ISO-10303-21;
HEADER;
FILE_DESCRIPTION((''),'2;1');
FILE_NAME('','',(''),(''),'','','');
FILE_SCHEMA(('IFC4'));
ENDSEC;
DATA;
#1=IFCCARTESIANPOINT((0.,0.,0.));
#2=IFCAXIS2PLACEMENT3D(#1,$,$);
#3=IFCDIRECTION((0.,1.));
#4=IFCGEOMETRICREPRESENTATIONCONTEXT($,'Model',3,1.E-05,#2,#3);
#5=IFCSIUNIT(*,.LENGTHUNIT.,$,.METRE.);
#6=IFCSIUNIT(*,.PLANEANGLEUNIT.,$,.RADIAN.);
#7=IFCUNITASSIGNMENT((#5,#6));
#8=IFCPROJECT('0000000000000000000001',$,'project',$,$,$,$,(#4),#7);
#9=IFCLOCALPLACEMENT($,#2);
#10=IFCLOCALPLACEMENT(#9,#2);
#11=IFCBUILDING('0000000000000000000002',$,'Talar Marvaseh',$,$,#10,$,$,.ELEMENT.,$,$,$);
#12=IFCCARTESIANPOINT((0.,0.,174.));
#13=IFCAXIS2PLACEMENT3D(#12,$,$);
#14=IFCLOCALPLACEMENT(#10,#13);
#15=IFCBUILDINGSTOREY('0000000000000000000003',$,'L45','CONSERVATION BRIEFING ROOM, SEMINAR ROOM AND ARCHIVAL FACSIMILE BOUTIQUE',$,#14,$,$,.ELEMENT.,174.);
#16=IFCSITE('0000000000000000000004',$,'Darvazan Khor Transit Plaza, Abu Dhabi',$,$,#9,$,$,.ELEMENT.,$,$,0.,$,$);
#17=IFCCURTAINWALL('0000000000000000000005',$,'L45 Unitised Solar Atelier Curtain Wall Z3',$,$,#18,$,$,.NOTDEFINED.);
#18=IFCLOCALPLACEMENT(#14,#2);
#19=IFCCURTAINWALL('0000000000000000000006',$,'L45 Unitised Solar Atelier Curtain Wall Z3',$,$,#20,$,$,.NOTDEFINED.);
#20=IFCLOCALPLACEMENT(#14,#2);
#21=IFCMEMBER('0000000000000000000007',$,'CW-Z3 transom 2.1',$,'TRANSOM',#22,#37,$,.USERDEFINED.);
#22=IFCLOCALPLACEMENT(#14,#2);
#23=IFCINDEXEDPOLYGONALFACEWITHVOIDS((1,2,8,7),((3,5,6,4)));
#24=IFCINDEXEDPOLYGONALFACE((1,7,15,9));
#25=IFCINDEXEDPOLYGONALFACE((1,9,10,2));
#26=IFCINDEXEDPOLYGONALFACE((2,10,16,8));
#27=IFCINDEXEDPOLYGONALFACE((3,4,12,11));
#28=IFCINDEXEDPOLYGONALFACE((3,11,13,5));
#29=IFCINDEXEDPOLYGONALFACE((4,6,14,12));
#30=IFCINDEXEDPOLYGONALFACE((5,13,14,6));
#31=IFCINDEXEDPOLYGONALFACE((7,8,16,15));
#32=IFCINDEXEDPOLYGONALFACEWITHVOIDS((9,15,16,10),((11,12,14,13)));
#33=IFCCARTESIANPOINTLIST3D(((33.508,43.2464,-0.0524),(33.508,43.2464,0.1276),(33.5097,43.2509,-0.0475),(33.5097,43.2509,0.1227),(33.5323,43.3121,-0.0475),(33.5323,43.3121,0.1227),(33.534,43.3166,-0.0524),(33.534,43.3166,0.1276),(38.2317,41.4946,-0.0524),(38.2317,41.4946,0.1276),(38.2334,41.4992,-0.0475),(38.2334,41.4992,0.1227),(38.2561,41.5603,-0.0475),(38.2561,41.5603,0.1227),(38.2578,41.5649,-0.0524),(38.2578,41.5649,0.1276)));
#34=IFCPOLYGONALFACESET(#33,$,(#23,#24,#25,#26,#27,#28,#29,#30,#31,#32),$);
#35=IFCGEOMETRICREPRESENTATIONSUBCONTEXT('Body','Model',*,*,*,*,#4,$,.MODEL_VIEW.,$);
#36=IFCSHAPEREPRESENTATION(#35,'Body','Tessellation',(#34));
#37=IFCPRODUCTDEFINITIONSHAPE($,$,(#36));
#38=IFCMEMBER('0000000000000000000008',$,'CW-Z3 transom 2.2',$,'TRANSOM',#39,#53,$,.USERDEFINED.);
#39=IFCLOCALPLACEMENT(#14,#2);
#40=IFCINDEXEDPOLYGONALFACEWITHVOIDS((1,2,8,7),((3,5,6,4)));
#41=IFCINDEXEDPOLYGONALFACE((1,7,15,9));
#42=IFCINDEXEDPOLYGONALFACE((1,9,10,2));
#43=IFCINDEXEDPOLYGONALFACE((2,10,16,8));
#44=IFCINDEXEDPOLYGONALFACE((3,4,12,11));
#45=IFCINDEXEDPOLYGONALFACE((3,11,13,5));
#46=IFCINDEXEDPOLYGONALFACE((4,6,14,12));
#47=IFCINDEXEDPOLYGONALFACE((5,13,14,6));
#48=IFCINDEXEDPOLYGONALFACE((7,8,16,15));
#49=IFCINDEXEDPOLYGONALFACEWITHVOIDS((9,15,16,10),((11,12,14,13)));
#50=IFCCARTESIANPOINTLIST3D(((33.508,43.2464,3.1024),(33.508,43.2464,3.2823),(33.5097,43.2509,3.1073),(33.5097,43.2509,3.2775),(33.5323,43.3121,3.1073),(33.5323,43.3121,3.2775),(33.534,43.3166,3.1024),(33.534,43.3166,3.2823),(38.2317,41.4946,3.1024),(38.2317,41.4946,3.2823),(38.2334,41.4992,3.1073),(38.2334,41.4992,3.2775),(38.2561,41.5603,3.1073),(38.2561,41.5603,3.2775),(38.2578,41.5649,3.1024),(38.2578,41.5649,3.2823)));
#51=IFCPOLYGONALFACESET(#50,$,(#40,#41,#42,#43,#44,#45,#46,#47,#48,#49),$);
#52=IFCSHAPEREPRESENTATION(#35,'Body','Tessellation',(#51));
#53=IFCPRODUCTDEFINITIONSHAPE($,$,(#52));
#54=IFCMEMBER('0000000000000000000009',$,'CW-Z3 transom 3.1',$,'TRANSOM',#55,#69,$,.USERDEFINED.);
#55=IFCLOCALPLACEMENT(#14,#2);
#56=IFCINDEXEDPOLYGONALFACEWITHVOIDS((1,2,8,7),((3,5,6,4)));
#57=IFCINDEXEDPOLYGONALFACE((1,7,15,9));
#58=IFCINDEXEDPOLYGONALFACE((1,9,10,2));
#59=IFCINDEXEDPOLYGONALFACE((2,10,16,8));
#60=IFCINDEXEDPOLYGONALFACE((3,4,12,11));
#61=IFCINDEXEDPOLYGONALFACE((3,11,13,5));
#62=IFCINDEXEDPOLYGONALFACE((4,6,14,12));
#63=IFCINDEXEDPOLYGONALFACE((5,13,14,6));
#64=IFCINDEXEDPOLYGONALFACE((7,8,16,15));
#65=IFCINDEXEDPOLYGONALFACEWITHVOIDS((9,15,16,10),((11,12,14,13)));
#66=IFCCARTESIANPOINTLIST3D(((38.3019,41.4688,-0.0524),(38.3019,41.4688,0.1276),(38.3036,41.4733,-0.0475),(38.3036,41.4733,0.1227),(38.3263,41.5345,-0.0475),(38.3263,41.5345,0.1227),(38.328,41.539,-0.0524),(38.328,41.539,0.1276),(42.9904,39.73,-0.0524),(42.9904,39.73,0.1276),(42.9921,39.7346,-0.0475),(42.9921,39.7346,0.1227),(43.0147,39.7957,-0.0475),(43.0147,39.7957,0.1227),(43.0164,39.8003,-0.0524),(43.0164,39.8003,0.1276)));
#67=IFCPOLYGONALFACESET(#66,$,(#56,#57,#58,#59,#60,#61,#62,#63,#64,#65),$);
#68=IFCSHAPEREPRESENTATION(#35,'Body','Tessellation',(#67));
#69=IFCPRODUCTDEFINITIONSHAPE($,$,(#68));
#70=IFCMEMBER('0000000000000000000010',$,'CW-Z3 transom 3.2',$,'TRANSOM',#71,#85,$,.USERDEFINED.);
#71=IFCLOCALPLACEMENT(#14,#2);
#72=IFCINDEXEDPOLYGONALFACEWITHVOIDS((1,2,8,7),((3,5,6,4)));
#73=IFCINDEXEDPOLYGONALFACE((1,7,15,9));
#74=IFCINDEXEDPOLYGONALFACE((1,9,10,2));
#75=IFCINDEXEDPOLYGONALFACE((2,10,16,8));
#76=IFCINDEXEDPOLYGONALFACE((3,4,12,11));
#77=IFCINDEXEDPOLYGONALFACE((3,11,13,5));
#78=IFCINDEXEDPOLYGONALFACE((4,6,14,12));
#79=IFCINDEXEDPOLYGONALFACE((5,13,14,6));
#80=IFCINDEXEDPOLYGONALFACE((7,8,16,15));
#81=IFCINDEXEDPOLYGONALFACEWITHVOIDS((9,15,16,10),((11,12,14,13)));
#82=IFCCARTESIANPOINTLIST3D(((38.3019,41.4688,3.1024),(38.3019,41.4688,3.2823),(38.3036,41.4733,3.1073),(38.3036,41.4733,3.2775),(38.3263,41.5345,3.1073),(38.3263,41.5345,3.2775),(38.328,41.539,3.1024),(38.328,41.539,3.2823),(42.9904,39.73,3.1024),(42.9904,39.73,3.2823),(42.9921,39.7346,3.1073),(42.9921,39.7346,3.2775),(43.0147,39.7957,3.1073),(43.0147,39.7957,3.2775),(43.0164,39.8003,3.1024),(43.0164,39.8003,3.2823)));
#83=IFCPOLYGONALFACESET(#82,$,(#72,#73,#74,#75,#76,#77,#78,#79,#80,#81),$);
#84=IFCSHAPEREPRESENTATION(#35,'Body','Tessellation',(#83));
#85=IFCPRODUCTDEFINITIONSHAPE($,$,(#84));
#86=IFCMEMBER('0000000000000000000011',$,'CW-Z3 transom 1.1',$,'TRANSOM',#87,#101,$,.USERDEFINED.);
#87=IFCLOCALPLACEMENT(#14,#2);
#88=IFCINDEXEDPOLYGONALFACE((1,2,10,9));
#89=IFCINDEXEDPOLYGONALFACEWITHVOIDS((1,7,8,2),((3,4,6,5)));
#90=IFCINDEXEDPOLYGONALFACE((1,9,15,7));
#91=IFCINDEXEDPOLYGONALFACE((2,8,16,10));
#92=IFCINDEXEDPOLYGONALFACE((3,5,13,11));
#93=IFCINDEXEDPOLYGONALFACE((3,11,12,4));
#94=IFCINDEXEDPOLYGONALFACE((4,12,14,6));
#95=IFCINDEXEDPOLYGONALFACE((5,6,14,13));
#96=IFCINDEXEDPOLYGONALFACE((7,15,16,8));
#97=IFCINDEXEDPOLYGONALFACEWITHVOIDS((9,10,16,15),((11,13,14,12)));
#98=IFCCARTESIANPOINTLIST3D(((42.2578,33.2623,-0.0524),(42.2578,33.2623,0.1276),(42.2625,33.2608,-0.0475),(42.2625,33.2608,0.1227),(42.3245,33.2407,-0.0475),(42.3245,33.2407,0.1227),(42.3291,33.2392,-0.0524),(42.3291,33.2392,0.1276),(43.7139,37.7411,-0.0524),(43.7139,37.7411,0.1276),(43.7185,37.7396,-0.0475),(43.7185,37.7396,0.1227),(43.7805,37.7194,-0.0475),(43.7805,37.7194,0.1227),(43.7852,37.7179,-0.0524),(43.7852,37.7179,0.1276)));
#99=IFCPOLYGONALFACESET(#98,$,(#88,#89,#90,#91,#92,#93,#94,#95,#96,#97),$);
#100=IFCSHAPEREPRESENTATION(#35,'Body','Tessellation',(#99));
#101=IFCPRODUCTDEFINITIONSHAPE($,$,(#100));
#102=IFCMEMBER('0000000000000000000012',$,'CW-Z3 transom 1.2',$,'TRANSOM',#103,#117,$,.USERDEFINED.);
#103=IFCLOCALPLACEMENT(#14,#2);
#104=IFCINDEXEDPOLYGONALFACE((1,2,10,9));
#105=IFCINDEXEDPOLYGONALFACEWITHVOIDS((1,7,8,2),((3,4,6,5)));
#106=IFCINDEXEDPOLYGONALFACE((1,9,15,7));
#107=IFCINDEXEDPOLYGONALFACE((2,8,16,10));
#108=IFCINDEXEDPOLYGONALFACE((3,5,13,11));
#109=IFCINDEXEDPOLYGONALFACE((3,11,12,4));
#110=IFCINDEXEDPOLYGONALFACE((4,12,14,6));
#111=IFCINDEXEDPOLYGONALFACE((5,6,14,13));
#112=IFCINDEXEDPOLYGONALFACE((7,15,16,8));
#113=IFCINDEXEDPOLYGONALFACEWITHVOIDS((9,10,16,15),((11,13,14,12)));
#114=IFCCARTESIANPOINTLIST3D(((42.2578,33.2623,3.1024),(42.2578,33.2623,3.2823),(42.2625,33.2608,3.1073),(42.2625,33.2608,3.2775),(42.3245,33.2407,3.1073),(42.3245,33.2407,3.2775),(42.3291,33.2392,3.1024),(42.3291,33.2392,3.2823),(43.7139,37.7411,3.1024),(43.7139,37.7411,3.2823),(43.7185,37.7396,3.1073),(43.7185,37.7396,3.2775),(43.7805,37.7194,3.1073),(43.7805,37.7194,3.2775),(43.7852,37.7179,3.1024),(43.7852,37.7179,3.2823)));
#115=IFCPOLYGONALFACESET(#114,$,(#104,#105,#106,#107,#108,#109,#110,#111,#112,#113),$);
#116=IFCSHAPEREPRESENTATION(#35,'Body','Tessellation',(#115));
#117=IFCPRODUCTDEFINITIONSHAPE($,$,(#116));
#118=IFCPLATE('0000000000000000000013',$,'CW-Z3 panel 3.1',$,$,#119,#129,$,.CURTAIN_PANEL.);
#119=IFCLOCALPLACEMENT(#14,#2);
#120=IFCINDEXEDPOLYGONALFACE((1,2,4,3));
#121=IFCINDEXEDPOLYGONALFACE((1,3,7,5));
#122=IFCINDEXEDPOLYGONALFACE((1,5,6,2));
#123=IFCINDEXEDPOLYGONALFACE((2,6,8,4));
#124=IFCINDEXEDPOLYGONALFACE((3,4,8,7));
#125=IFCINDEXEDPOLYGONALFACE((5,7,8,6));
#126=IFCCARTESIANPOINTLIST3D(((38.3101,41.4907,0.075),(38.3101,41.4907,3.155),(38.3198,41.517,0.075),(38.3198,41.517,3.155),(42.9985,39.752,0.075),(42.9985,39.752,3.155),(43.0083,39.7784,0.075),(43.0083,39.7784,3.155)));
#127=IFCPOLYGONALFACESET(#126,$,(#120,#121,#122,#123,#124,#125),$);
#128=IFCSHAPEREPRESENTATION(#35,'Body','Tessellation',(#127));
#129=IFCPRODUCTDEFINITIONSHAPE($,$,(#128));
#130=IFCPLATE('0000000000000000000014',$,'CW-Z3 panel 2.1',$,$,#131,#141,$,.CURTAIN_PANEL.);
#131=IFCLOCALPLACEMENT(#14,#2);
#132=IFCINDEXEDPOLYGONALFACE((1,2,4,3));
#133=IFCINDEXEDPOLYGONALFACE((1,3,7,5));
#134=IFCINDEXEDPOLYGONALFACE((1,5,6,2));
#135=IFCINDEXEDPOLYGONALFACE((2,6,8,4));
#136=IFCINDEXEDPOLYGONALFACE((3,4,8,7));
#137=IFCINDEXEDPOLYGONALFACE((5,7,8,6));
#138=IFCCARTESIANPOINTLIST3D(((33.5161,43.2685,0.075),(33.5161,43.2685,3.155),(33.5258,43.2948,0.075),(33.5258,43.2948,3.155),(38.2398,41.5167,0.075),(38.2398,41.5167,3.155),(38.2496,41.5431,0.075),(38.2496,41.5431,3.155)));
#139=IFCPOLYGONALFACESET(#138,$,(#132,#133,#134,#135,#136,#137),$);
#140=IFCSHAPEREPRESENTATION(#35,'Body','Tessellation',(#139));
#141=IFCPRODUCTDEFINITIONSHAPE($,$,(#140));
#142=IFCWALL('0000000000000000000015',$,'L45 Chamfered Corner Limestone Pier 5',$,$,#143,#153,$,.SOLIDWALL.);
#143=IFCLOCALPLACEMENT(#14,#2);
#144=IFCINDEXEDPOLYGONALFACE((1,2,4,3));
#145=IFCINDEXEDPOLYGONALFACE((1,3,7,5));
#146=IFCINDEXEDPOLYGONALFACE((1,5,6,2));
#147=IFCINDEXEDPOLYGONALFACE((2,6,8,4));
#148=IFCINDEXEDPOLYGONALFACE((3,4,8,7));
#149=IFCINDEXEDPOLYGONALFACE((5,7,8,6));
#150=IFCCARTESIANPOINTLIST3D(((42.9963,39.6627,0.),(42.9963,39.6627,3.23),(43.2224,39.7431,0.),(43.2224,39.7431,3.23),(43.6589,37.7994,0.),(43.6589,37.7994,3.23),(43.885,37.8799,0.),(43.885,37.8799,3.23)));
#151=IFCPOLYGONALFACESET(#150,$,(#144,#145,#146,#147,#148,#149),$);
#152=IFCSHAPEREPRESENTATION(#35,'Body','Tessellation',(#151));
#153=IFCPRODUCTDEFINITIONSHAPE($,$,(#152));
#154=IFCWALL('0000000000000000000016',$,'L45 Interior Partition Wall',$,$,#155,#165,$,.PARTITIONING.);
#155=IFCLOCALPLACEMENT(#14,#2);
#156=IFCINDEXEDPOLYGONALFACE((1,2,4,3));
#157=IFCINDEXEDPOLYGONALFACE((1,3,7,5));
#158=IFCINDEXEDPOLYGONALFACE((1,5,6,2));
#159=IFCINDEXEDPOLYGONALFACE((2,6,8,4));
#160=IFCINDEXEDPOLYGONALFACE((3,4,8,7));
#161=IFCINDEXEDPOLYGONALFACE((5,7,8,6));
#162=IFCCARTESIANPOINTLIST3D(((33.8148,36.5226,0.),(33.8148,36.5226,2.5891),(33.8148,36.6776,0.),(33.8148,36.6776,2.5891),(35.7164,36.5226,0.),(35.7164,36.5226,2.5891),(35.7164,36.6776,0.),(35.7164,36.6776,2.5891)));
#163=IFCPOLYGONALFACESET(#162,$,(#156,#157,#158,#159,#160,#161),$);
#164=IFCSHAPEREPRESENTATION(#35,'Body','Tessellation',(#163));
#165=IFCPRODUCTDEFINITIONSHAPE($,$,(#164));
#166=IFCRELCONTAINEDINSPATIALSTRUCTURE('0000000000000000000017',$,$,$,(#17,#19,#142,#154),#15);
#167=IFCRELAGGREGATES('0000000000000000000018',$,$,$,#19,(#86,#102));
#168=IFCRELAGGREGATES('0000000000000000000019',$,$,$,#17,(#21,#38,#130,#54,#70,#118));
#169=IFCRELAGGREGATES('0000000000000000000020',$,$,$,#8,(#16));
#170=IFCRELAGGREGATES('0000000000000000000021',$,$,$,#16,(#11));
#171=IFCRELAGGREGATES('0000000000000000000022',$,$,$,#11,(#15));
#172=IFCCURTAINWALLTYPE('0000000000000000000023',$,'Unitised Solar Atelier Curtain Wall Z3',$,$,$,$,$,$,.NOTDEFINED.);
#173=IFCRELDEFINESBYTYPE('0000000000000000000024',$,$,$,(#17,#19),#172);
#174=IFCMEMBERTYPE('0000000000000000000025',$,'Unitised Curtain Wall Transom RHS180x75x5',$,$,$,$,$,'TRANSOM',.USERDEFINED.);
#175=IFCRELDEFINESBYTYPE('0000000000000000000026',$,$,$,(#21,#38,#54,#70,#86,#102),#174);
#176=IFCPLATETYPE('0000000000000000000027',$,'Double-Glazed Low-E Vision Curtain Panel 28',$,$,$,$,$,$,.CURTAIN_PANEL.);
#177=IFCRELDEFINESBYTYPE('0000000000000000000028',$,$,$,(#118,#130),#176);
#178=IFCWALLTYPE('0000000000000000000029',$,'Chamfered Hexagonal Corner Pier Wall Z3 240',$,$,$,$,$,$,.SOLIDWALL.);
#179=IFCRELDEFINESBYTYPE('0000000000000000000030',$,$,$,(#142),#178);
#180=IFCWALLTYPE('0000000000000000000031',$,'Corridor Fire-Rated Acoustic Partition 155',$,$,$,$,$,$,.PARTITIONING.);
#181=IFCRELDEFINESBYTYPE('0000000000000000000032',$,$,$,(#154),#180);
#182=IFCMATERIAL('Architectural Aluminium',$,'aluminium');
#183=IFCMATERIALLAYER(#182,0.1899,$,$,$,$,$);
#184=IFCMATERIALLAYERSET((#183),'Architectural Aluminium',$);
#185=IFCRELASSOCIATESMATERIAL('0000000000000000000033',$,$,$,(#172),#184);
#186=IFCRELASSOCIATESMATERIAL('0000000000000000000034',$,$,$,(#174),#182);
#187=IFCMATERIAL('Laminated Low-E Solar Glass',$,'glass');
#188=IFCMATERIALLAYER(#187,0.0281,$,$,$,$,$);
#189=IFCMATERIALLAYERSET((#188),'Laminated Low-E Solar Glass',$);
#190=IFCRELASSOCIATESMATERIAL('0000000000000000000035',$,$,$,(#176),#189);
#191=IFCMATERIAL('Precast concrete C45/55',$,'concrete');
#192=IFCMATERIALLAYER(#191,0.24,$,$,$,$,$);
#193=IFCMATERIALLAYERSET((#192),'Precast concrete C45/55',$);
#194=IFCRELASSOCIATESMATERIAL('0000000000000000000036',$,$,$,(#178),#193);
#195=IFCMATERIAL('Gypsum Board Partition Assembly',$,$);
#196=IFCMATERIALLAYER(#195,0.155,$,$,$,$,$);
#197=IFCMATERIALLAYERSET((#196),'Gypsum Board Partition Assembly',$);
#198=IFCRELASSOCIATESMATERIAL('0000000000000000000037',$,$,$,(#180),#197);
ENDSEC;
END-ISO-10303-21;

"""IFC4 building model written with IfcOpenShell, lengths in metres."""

from ifc_helpers import new_model, si_unit, direction, frame, frame_2d, origin, origin_2d, place, context, subcontext, project, spatial, rectangle, hollow_rectangle, extrude, source, transform, mapped, material, layer, layer_set, material_profile, profile_set, type_object, type_shapes, element, aggregate, save


model = new_model("IFC4")

# Units and contexts
model_context = context("Model", 3, precision=1e-05, world=origin(), true_north=direction((0.0, 1.0)))
body_context = subcontext(model_context, "Body", "Model", "MODEL_VIEW")
ifc_project = project(units=[si_unit("LENGTHUNIT", "METRE"), si_unit("PLANEANGLEUNIT", "RADIAN")], contexts=[model_context])

# Site, building, storey
site_placement = place(None, origin())
site = spatial("IfcSite", under=ifc_project, at=site_placement, Name="Darvazan Khor Transit Plaza, Abu Dhabi", CompositionType="ELEMENT", RefElevation=0.0)
building_placement = place(site_placement, origin())
building = spatial("IfcBuilding", under=site, at=building_placement, Name="Talar Marvaseh", CompositionType="ELEMENT")
storey_placement = place(building_placement, frame((0.0, 0.0, 174.0)))
storey = spatial("IfcBuildingStorey", under=building, at=storey_placement, Name="L45", Description="CONSERVATION BRIEFING ROOM, SEMINAR ROOM AND ARCHIVAL FACSIMILE BOUTIQUE", CompositionType="ELEMENT", Elevation=174.0)

# Curtain wall
ifc_material_1 = material(Name="Architectural Aluminium", Category="aluminium")
ifc_layer_1 = layer(ifc_material_1, 0.1899)
ifc_layer_set_1 = layer_set([ifc_layer_1], Name="Architectural Aluminium")
curtain_wall_type = type_object("IfcCurtainWallType", Name="Unitised Solar Atelier Curtain Wall Z3", PredefinedType="NOTDEFINED", material=ifc_layer_set_1)
curtain_wall_1_placement = place(storey_placement, origin())
curtain_wall_1 = element("IfcCurtainWall", 1, at=curtain_wall_1_placement, inside=storey, type_object=curtain_wall_type, Name="L45 Unitised Solar Atelier Curtain Wall Z3", PredefinedType="NOTDEFINED")

# Curtain wall
curtain_wall_2_placement = place(storey_placement, origin())
curtain_wall_2 = element("IfcCurtainWall", 2, at=curtain_wall_2_placement, inside=storey, type_object=curtain_wall_type, Name="L45 Unitised Solar Atelier Curtain Wall Z3", PredefinedType="NOTDEFINED")

# Members
ifc_material_profile_1 = material_profile(ifc_material_1, hollow_rectangle(XDim=0.075, YDim=0.1799, WallThickness=0.0049, at=origin_2d()), Name="RHS180x75x5")
ifc_profile_set_1 = profile_set([ifc_material_profile_1], Name="Architectural Aluminium")
member_type_1 = type_object("IfcMemberType", Name="Unitised Curtain Wall Transom RHS180x75x5", ElementType="TRANSOM", PredefinedType="USERDEFINED", material=ifc_profile_set_1)
shared_shape_1 = source(origin(), body_context, "Body", "SweptSolid", [
    extrude(hollow_rectangle(XDim=0.075, YDim=0.1799, WallThickness=0.0049, at=origin_2d()), origin(), (0.0, 0.0, 1.0), 5.0381),
])
member_1_placement = place(storey_placement, frame((33.521, 43.2815, 0.0376), z_axis=(0.937605, -0.347701, 0.0), x_axis=(0.347701, 0.937605, 0.0)))
member_1 = element("IfcMember", 3, at=member_1_placement, type_object=member_type_1, Name="CW-Z3 transom 2.1", ObjectType="TRANSOM", PredefinedType="USERDEFINED", context=body_context, shape_type="MappedRepresentation", body=[
    mapped(shared_shape_1, transform((0.0, 0.0, 0.0), x_axis=(1.0, 0.0, 0.0), y_axis=(0.0, 1.0, 0.0), z_axis=(0.0, 0.0, 1.0), scale=1.0)),
])
member_2_placement = place(storey_placement, frame((33.521, 43.2815, 3.1924), z_axis=(0.937605, -0.347701, 0.0), x_axis=(0.347701, 0.937605, 0.0)))
member_2 = element("IfcMember", 4, at=member_2_placement, type_object=member_type_1, Name="CW-Z3 transom 2.2", ObjectType="TRANSOM", PredefinedType="USERDEFINED", context=body_context, shape_type="MappedRepresentation", body=[
    mapped(shared_shape_1, transform((0.0, 0.0, 0.0), x_axis=(1.0, 0.0, 0.0), y_axis=(0.0, 1.0, 0.0), z_axis=(0.0, 0.0, 1.0), scale=1.0)),
])
shared_shape_2 = source(origin(), body_context, "Body", "SweptSolid", [
    extrude(hollow_rectangle(XDim=0.075, YDim=0.1799, WallThickness=0.0049, at=origin_2d()), origin(), (0.0, 0.0, 1.0), 5.0005),
])
member_3_placement = place(storey_placement, frame((38.3149, 41.5039, 0.0376), z_axis=(0.937599, -0.347718, 0.0), x_axis=(0.347718, 0.937599, 0.0)))
member_3 = element("IfcMember", 5, at=member_3_placement, type_object=member_type_1, Name="CW-Z3 transom 3.1", ObjectType="TRANSOM", PredefinedType="USERDEFINED", context=body_context, shape_type="MappedRepresentation", body=[
    mapped(shared_shape_2, transform((0.0, 0.0, 0.0), x_axis=(1.0, 0.0, 0.0), y_axis=(0.0, 1.0, 0.0), z_axis=(0.0, 0.0, 1.0), scale=1.0)),
])
member_4_placement = place(storey_placement, frame((38.3149, 41.5039, 3.1924), z_axis=(0.937599, -0.347718, 0.0), x_axis=(0.347718, 0.937599, 0.0)))
member_4 = element("IfcMember", 6, at=member_4_placement, type_object=member_type_1, Name="CW-Z3 transom 3.2", ObjectType="TRANSOM", PredefinedType="USERDEFINED", context=body_context, shape_type="MappedRepresentation", body=[
    mapped(shared_shape_2, transform((0.0, 0.0, 0.0), x_axis=(1.0, 0.0, 0.0), y_axis=(0.0, 1.0, 0.0), z_axis=(0.0, 0.0, 1.0), scale=1.0)),
])
shared_shape_3 = source(origin(), body_context, "Body", "SweptSolid", [
    extrude(hollow_rectangle(XDim=0.075, YDim=0.1799, WallThickness=0.0049, at=origin_2d()), origin(), (0.0, 0.0, 1.0), 4.7095),
])
type_shapes(member_type_1, [shared_shape_1, shared_shape_2, shared_shape_3])
member_5_placement = place(storey_placement, frame((43.7495, 37.7295, 0.0376), z_axis=(-0.309174, -0.951005, 0.0), x_axis=(0.951005, -0.309174, 0.0)))
member_5 = element("IfcMember", 7, at=member_5_placement, type_object=member_type_1, Name="CW-Z3 transom 1.1", ObjectType="TRANSOM", PredefinedType="USERDEFINED", context=body_context, shape_type="MappedRepresentation", body=[
    mapped(shared_shape_3, transform((0.0, 0.0, 0.0), x_axis=(1.0, 0.0, 0.0), y_axis=(0.0, 1.0, 0.0), z_axis=(0.0, 0.0, 1.0), scale=1.0)),
])
member_6_placement = place(storey_placement, frame((43.7495, 37.7295, 3.1924), z_axis=(-0.309174, -0.951005, 0.0), x_axis=(0.951005, -0.309174, 0.0)))
member_6 = element("IfcMember", 8, at=member_6_placement, type_object=member_type_1, Name="CW-Z3 transom 1.2", ObjectType="TRANSOM", PredefinedType="USERDEFINED", context=body_context, shape_type="MappedRepresentation", body=[
    mapped(shared_shape_3, transform((0.0, 0.0, 0.0), x_axis=(1.0, 0.0, 0.0), y_axis=(0.0, 1.0, 0.0), z_axis=(0.0, 0.0, 1.0), scale=1.0)),
])
aggregate(curtain_wall_2, [member_5, member_6])

# Plates
ifc_material_2 = material(Name="Laminated Low-E Solar Glass", Category="glass")
ifc_layer_2 = layer(ifc_material_2, 0.0281)
ifc_layer_set_2 = layer_set([ifc_layer_2], Name="Laminated Low-E Solar Glass")
plate_type = type_object("IfcPlateType", Name="Double-Glazed Low-E Vision Curtain Panel 28", PredefinedType="CURTAIN_PANEL", material=ifc_layer_set_2)
shared_shape_4 = source(origin(), body_context, "Body", "SweptSolid", [
    extrude(rectangle(XDim=5.0005, YDim=0.0281, at=origin_2d()), origin(), (0.0, 0.0, 1.0), 3.0801),
])
plate_1_placement = place(storey_placement, frame((40.6592, 40.6345, 0.075), z_axis=(0.0, 0.0, 1.0), x_axis=(0.937608, -0.347695, 0.0)))
plate_1 = element("IfcPlate", 9, at=plate_1_placement, type_object=plate_type, Name="CW-Z3 panel 3.1", PredefinedType="CURTAIN_PANEL", context=body_context, shape_type="MappedRepresentation", body=[
    mapped(shared_shape_4, transform((0.0, 0.0, 0.0), x_axis=(1.0, 0.0, 0.0), y_axis=(0.0, 1.0, 0.0), z_axis=(0.0, 0.0, 1.0), scale=1.0)),
])
shared_shape_5 = source(origin(), body_context, "Body", "SweptSolid", [
    extrude(rectangle(XDim=5.0381, YDim=0.0281, at=origin_2d()), origin(), (0.0, 0.0, 1.0), 3.0801),
])
type_shapes(plate_type, [shared_shape_4, shared_shape_5])
plate_2_placement = place(storey_placement, frame((35.8828, 42.4058, 0.075), z_axis=(0.0, 0.0, 1.0), x_axis=(0.937608, -0.347695, 0.0)))
plate_2 = element("IfcPlate", 10, at=plate_2_placement, type_object=plate_type, Name="CW-Z3 panel 2.1", PredefinedType="CURTAIN_PANEL", context=body_context, shape_type="MappedRepresentation", body=[
    mapped(shared_shape_5, transform((0.0, 0.0, 0.0), x_axis=(1.0, 0.0, 0.0), y_axis=(0.0, 1.0, 0.0), z_axis=(0.0, 0.0, 1.0), scale=1.0)),
])
aggregate(curtain_wall_1, [member_1, member_2, plate_2, member_3, member_4, plate_1])

# Wall
ifc_material_3 = material(Name="Precast concrete C45/55", Category="concrete")
ifc_layer_3 = layer(ifc_material_3, 0.24)
ifc_layer_set_3 = layer_set([ifc_layer_3], Name="Precast concrete C45/55")
wall_type_1 = type_object("IfcWallType", Name="Chamfered Hexagonal Corner Pier Wall Z3 240", PredefinedType="SOLIDWALL", material=ifc_layer_set_3)
wall_1_placement = place(storey_placement, frame((43.1094, 39.7029, 0.0), z_axis=(0.0, 0.0, 1.0), x_axis=(0.335054, -0.942199, 0.0)))
element("IfcWall", 11, at=wall_1_placement, inside=storey, type_object=wall_type_1, Name="L45 Chamfered Corner Limestone Pier 5", PredefinedType="SOLIDWALL", context=body_context, shape_type="SweptSolid", body=[
    extrude(rectangle(XDim=1.9775, YDim=0.24, at=frame_2d((0.9888, 0.0))), origin(), (0.0, 0.0, 1.0), 3.23),
])

# Shared definitions
ifc_material_4 = material(Name="Gypsum Board Partition Assembly")
ifc_layer_4 = layer(ifc_material_4, 0.155)
ifc_layer_set_4 = layer_set([ifc_layer_4], Name="Gypsum Board Partition Assembly")
wall_type_2 = type_object("IfcWallType", Name="Corridor Fire-Rated Acoustic Partition 155", PredefinedType="PARTITIONING", material=ifc_layer_set_4)

# Wall
wall_2_placement = place(storey_placement, frame((33.8149, 36.6001, 0.0), z_axis=(0.0, 0.0, 1.0), x_axis=(1.0, 0.0, 0.0)))
element("IfcWall", 12, at=wall_2_placement, inside=storey, type_object=wall_type_2, Name="L45 Interior Partition Wall", PredefinedType="PARTITIONING", context=body_context, shape_type="SweptSolid", body=[
    extrude(rectangle(XDim=1.9016, YDim=0.155, at=frame_2d((0.9507, 0.0))), origin(), (0.0, 0.0, 1.0), 2.5891),
])

save(model, "model.ifc")
